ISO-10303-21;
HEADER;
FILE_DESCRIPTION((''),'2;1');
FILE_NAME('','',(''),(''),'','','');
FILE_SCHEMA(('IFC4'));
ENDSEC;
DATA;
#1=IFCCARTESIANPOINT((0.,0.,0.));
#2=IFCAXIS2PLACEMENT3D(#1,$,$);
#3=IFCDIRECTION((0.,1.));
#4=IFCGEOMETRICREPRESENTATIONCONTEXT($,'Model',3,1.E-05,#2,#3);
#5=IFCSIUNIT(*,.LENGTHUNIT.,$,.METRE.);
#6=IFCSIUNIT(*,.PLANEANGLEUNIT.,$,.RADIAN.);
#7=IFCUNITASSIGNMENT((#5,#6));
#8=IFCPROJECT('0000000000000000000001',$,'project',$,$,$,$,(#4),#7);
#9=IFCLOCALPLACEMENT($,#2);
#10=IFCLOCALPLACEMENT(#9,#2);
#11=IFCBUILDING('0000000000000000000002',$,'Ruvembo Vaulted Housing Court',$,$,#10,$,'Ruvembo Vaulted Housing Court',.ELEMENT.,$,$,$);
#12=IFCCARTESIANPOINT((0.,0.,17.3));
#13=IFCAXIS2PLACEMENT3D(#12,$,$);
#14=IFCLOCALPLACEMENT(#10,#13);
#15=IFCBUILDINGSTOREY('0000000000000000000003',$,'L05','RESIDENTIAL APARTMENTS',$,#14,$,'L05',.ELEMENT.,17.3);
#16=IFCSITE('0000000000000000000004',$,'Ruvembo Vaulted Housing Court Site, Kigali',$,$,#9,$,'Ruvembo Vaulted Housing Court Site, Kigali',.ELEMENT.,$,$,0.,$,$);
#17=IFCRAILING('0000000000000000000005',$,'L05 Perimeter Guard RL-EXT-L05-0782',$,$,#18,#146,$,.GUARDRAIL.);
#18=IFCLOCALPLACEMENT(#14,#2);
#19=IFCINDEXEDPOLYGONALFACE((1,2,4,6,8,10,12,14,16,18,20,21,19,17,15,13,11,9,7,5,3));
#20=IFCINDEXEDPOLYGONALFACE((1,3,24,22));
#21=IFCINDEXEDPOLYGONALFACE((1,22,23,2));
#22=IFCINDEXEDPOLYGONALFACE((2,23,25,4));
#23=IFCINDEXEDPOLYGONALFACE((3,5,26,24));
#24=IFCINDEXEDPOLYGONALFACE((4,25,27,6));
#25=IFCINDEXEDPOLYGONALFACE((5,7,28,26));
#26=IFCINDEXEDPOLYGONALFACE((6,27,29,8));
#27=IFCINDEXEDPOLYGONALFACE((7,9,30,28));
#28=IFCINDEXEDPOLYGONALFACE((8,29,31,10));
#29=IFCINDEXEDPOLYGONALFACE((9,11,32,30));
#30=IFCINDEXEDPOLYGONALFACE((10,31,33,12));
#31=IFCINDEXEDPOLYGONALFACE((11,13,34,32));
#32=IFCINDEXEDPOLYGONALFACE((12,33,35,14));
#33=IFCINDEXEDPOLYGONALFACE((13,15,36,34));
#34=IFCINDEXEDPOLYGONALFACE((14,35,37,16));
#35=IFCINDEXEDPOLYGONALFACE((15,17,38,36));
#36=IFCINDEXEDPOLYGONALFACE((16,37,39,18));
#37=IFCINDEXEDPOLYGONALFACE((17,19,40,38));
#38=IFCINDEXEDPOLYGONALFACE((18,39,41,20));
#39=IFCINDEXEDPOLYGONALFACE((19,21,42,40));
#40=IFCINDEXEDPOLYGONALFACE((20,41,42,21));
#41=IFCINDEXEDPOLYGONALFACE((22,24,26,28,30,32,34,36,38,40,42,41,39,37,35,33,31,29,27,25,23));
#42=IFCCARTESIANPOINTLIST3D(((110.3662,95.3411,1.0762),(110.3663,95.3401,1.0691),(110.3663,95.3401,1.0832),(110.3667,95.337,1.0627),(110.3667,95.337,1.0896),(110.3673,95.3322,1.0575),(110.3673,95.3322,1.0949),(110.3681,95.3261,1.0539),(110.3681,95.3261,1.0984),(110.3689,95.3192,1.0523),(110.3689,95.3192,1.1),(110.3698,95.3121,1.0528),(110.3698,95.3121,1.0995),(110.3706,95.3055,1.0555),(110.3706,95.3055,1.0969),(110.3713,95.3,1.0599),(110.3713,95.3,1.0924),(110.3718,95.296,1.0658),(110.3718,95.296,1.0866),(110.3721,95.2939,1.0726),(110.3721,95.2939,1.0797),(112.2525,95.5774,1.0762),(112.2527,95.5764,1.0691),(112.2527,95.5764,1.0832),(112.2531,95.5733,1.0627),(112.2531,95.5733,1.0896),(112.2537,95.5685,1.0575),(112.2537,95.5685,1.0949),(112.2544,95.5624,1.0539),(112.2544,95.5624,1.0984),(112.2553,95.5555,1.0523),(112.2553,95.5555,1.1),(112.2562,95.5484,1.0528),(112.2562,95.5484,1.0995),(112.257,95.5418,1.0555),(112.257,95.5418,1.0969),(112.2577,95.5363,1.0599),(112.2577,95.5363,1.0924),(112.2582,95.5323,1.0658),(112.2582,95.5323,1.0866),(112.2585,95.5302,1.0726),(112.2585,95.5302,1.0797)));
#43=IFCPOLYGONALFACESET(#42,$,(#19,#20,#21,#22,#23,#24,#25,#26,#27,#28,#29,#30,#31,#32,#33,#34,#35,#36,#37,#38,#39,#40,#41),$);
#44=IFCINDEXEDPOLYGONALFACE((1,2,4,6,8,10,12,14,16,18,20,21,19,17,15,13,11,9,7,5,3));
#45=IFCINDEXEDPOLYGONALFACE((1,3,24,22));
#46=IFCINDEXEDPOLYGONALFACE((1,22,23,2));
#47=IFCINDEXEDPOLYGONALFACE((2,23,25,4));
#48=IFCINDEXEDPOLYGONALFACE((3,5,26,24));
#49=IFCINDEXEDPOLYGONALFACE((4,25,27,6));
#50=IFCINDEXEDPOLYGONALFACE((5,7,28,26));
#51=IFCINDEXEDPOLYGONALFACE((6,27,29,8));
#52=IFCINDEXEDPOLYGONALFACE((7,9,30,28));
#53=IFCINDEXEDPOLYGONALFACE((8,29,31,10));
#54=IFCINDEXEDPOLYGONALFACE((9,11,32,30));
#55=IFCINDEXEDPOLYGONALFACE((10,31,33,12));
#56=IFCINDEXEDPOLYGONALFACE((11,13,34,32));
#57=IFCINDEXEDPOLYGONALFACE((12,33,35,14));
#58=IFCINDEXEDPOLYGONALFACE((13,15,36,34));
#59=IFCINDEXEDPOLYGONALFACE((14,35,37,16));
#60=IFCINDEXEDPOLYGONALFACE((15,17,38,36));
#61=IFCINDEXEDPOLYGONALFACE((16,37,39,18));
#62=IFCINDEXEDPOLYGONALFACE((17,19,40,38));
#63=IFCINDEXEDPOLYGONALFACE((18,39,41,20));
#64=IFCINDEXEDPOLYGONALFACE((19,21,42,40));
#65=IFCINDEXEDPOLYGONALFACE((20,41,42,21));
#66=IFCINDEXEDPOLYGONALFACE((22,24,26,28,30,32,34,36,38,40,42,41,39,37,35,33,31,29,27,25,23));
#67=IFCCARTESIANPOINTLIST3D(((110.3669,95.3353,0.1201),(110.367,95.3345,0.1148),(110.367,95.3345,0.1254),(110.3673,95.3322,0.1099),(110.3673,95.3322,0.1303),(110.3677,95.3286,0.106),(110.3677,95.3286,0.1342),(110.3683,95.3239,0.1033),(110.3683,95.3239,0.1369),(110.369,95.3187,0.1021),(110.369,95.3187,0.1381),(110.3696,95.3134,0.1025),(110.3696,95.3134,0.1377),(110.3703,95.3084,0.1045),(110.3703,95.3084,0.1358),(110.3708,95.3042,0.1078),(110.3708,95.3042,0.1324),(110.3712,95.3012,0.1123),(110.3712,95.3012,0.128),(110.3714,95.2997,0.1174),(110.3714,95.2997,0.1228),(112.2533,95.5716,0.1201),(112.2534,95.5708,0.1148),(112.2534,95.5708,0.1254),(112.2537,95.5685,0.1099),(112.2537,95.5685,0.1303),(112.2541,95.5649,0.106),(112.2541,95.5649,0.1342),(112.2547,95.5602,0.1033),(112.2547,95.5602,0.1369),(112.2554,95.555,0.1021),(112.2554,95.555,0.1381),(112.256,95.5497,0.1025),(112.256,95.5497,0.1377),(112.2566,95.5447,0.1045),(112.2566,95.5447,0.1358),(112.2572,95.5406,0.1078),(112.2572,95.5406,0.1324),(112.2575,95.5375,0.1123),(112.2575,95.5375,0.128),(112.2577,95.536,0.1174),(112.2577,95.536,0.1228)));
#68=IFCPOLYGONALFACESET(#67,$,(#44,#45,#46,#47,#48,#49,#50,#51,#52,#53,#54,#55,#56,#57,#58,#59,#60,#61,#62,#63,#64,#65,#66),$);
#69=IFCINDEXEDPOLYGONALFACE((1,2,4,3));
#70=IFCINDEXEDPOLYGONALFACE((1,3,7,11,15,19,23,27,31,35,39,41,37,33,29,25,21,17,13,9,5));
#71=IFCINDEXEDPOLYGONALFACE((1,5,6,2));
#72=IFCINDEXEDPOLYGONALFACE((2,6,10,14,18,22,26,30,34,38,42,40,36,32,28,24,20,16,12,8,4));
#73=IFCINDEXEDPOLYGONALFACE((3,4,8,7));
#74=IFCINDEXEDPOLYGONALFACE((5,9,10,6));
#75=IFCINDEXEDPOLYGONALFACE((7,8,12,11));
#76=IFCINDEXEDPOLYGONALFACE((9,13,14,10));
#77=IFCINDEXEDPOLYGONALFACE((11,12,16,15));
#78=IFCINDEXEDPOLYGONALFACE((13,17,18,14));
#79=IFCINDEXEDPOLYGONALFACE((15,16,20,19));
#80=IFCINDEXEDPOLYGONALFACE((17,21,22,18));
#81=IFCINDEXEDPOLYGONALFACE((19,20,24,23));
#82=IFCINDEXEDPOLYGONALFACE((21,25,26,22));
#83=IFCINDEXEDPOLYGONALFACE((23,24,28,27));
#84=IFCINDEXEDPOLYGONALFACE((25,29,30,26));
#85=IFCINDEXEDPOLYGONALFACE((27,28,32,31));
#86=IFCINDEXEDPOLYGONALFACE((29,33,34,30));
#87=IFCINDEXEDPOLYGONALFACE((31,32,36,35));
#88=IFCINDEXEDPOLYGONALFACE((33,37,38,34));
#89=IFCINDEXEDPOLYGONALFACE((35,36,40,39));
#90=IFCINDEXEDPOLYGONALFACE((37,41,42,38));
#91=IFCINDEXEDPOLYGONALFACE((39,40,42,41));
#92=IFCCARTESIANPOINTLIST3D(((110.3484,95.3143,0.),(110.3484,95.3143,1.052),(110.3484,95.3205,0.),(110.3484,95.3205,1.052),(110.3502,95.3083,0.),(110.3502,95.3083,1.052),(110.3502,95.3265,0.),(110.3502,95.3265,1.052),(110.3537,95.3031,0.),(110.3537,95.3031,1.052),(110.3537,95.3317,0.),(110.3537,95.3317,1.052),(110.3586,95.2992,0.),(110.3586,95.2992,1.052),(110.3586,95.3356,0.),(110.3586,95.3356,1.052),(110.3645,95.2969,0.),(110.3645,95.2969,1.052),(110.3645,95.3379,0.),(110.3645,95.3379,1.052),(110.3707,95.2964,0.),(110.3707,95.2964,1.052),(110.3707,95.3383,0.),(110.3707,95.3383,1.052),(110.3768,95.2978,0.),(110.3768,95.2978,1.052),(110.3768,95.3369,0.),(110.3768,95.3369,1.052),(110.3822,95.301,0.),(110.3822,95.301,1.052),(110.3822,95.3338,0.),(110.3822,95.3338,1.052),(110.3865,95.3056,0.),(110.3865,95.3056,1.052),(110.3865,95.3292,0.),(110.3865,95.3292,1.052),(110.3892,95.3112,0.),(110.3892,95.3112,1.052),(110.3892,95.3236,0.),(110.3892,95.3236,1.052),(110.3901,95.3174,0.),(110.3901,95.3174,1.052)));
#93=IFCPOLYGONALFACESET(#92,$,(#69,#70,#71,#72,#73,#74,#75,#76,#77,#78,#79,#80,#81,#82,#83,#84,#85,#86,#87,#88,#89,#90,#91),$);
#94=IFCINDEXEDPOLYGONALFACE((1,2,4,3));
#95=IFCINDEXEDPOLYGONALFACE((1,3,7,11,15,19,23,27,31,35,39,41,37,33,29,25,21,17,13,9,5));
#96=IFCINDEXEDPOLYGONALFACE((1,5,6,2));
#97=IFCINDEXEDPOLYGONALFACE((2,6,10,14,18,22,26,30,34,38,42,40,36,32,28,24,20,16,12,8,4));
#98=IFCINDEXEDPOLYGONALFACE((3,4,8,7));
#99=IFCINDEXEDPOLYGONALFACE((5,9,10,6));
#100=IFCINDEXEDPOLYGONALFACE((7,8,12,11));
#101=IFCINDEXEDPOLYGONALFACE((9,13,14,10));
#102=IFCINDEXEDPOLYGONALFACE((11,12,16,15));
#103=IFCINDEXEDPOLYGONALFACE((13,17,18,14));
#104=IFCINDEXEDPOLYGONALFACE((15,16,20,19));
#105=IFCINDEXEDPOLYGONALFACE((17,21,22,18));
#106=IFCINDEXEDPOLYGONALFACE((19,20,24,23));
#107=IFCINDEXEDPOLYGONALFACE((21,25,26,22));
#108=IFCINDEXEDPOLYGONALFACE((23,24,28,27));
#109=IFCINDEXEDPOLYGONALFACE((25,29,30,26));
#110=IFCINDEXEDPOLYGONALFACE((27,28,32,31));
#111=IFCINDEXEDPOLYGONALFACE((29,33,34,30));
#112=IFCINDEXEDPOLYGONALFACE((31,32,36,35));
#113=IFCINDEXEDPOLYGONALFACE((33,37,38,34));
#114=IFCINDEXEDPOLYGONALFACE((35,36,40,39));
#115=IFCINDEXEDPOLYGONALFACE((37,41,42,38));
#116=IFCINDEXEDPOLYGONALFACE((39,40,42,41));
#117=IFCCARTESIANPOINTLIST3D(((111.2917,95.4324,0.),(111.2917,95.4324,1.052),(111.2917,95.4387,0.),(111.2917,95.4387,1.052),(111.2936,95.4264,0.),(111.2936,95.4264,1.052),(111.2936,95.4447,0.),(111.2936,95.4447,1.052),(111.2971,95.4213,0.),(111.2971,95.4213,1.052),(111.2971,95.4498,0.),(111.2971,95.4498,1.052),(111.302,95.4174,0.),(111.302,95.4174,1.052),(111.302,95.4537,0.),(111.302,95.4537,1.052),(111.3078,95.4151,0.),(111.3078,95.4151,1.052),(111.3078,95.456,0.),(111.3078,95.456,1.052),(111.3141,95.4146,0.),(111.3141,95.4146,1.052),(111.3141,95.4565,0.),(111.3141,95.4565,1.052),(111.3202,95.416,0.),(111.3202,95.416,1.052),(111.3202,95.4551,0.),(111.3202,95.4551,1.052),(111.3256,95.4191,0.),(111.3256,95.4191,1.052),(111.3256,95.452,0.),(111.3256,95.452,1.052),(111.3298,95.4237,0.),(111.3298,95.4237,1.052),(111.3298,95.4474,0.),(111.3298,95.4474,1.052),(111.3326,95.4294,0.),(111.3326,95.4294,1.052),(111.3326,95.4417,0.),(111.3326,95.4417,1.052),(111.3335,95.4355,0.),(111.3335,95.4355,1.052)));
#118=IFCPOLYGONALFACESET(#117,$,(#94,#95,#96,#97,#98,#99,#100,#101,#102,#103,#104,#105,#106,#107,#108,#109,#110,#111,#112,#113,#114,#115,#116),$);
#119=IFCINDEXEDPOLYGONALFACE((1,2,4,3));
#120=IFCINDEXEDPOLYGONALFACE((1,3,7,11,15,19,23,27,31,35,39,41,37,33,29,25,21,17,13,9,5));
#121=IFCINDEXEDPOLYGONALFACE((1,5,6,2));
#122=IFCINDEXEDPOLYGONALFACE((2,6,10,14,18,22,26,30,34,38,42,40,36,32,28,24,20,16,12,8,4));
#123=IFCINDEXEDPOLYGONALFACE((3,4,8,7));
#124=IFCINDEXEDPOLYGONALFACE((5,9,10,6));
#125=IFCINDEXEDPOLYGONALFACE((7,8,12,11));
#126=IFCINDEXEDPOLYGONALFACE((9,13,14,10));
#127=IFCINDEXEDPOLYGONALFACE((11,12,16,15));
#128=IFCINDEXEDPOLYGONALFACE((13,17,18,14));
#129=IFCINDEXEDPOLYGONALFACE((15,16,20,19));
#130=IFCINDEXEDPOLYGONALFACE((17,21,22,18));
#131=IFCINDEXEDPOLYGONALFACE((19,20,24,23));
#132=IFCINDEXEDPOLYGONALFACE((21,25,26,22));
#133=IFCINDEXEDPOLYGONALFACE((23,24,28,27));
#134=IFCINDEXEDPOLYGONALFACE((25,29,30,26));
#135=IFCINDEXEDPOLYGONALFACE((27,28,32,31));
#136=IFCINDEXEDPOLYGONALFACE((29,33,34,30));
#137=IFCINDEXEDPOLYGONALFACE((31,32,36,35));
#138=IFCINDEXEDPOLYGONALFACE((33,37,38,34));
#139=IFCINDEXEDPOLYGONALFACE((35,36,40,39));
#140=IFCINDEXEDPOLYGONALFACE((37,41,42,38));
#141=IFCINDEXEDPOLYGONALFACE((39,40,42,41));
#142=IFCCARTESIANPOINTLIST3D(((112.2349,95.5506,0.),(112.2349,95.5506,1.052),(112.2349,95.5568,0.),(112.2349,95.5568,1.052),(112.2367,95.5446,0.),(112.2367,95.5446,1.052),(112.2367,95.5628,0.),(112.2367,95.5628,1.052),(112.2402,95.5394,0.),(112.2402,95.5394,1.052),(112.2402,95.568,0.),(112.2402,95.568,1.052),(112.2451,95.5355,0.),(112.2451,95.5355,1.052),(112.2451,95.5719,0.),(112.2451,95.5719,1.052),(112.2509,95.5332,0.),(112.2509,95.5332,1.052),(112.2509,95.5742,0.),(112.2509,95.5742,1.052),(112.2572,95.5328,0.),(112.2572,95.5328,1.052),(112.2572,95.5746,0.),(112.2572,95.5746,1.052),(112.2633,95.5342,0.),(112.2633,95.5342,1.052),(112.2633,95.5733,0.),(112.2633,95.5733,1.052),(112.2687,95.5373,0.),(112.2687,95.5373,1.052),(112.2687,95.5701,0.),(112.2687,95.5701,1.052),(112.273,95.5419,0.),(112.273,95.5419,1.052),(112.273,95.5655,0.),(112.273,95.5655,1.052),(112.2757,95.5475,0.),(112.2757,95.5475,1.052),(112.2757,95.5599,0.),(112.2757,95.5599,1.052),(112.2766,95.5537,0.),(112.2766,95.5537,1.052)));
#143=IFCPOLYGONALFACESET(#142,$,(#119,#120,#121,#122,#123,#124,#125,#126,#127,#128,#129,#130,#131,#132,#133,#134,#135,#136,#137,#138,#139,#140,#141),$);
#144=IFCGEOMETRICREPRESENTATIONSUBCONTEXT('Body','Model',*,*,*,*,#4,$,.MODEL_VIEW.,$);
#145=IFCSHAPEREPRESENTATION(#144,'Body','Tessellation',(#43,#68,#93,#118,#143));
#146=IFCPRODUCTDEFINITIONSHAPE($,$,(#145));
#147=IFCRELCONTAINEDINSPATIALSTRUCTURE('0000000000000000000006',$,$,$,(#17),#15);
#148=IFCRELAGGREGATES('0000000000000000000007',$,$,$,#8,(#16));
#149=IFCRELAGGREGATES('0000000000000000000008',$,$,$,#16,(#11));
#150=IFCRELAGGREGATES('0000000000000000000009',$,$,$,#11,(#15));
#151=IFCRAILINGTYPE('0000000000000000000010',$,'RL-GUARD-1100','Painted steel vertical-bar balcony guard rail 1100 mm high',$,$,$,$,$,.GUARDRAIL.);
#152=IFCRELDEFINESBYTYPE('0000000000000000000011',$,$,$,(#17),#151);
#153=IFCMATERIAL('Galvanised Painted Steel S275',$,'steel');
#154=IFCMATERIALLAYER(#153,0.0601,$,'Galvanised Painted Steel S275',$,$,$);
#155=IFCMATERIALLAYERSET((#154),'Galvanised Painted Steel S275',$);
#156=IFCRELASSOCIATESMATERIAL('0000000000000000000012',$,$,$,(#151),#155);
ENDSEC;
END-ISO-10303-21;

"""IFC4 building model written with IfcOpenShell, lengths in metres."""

from ifc_helpers import new_model, si_unit, direction, frame, origin, origin_2d, place, context, subcontext, project, spatial, circle, extrude, material, layer, layer_set, type_object, element, save


model = new_model("IFC4")

# Units and contexts
model_context = context("Model", 3, precision=1e-05, world=origin(), true_north=direction((0.0, 1.0)))
body_context = subcontext(model_context, "Body", "Model", "MODEL_VIEW")
ifc_project = project(units=[si_unit("LENGTHUNIT", "METRE"), si_unit("PLANEANGLEUNIT", "RADIAN")], contexts=[model_context])

# Site, building, storey
site_placement = place(None, origin())
site = spatial("IfcSite", under=ifc_project, at=site_placement, Name="Ruvembo Vaulted Housing Court Site, Kigali", LongName="Ruvembo Vaulted Housing Court Site, Kigali", CompositionType="ELEMENT", RefElevation=0.0)
building_placement = place(site_placement, origin())
building = spatial("IfcBuilding", under=site, at=building_placement, Name="Ruvembo Vaulted Housing Court", LongName="Ruvembo Vaulted Housing Court", CompositionType="ELEMENT")
storey_placement = place(building_placement, frame((0.0, 0.0, 17.3)))
storey = spatial("IfcBuildingStorey", under=building, at=storey_placement, Name="L05", Description="RESIDENTIAL APARTMENTS", LongName="L05", CompositionType="ELEMENT", Elevation=17.3)

# Railing
ifc_material_1 = material(Name="Galvanised Painted Steel S275", Category="steel")
ifc_layer = layer(ifc_material_1, 0.0601, Name="Galvanised Painted Steel S275")
ifc_layer_set = layer_set([ifc_layer], Name="Galvanised Painted Steel S275")
railing_type = type_object("IfcRailingType", Name="RL-GUARD-1100", Description="Painted steel vertical-bar balcony guard rail 1100 mm high", PredefinedType="GUARDRAIL", material=ifc_layer_set)
railing_1_placement = place(storey_placement, frame((110.3691, 95.3174, 0.0)))
element("IfcRailing", 1, at=railing_1_placement, inside=storey, type_object=railing_type, Name="L05 Perimeter Guard RL-EXT-L05-0782", PredefinedType="GUARDRAIL", context=body_context, shape_type="SweptSolid", body=[
    extrude(circle(Radius=0.0239, at=origin_2d()), frame((0.0, 0.0, 1.0762), z_axis=(0.992244, 0.124303, 0.0), x_axis=(-0.124303, 0.992244, 0.0)), (0.0, 0.0, 1.0), 1.9011),
    extrude(circle(Radius=0.0181, at=origin_2d()), frame((0.0, 0.0, 0.1201), z_axis=(0.992244, 0.124303, 0.0), x_axis=(-0.124303, 0.992244, 0.0)), (0.0, 0.0, 1.0), 1.9011),
    extrude(circle(Radius=0.021, at=origin_2d()), origin(), (0.0, 0.0, 1.0), 1.052),
    extrude(circle(Radius=0.021, at=origin_2d()), frame((0.9434, 0.1182, 0.0)), (0.0, 0.0, 1.0), 1.052),
    extrude(circle(Radius=0.021, at=origin_2d()), frame((1.8865, 0.2363, 0.0)), (0.0, 0.0, 1.0), 1.052),
])

save(model, "model.ifc")
